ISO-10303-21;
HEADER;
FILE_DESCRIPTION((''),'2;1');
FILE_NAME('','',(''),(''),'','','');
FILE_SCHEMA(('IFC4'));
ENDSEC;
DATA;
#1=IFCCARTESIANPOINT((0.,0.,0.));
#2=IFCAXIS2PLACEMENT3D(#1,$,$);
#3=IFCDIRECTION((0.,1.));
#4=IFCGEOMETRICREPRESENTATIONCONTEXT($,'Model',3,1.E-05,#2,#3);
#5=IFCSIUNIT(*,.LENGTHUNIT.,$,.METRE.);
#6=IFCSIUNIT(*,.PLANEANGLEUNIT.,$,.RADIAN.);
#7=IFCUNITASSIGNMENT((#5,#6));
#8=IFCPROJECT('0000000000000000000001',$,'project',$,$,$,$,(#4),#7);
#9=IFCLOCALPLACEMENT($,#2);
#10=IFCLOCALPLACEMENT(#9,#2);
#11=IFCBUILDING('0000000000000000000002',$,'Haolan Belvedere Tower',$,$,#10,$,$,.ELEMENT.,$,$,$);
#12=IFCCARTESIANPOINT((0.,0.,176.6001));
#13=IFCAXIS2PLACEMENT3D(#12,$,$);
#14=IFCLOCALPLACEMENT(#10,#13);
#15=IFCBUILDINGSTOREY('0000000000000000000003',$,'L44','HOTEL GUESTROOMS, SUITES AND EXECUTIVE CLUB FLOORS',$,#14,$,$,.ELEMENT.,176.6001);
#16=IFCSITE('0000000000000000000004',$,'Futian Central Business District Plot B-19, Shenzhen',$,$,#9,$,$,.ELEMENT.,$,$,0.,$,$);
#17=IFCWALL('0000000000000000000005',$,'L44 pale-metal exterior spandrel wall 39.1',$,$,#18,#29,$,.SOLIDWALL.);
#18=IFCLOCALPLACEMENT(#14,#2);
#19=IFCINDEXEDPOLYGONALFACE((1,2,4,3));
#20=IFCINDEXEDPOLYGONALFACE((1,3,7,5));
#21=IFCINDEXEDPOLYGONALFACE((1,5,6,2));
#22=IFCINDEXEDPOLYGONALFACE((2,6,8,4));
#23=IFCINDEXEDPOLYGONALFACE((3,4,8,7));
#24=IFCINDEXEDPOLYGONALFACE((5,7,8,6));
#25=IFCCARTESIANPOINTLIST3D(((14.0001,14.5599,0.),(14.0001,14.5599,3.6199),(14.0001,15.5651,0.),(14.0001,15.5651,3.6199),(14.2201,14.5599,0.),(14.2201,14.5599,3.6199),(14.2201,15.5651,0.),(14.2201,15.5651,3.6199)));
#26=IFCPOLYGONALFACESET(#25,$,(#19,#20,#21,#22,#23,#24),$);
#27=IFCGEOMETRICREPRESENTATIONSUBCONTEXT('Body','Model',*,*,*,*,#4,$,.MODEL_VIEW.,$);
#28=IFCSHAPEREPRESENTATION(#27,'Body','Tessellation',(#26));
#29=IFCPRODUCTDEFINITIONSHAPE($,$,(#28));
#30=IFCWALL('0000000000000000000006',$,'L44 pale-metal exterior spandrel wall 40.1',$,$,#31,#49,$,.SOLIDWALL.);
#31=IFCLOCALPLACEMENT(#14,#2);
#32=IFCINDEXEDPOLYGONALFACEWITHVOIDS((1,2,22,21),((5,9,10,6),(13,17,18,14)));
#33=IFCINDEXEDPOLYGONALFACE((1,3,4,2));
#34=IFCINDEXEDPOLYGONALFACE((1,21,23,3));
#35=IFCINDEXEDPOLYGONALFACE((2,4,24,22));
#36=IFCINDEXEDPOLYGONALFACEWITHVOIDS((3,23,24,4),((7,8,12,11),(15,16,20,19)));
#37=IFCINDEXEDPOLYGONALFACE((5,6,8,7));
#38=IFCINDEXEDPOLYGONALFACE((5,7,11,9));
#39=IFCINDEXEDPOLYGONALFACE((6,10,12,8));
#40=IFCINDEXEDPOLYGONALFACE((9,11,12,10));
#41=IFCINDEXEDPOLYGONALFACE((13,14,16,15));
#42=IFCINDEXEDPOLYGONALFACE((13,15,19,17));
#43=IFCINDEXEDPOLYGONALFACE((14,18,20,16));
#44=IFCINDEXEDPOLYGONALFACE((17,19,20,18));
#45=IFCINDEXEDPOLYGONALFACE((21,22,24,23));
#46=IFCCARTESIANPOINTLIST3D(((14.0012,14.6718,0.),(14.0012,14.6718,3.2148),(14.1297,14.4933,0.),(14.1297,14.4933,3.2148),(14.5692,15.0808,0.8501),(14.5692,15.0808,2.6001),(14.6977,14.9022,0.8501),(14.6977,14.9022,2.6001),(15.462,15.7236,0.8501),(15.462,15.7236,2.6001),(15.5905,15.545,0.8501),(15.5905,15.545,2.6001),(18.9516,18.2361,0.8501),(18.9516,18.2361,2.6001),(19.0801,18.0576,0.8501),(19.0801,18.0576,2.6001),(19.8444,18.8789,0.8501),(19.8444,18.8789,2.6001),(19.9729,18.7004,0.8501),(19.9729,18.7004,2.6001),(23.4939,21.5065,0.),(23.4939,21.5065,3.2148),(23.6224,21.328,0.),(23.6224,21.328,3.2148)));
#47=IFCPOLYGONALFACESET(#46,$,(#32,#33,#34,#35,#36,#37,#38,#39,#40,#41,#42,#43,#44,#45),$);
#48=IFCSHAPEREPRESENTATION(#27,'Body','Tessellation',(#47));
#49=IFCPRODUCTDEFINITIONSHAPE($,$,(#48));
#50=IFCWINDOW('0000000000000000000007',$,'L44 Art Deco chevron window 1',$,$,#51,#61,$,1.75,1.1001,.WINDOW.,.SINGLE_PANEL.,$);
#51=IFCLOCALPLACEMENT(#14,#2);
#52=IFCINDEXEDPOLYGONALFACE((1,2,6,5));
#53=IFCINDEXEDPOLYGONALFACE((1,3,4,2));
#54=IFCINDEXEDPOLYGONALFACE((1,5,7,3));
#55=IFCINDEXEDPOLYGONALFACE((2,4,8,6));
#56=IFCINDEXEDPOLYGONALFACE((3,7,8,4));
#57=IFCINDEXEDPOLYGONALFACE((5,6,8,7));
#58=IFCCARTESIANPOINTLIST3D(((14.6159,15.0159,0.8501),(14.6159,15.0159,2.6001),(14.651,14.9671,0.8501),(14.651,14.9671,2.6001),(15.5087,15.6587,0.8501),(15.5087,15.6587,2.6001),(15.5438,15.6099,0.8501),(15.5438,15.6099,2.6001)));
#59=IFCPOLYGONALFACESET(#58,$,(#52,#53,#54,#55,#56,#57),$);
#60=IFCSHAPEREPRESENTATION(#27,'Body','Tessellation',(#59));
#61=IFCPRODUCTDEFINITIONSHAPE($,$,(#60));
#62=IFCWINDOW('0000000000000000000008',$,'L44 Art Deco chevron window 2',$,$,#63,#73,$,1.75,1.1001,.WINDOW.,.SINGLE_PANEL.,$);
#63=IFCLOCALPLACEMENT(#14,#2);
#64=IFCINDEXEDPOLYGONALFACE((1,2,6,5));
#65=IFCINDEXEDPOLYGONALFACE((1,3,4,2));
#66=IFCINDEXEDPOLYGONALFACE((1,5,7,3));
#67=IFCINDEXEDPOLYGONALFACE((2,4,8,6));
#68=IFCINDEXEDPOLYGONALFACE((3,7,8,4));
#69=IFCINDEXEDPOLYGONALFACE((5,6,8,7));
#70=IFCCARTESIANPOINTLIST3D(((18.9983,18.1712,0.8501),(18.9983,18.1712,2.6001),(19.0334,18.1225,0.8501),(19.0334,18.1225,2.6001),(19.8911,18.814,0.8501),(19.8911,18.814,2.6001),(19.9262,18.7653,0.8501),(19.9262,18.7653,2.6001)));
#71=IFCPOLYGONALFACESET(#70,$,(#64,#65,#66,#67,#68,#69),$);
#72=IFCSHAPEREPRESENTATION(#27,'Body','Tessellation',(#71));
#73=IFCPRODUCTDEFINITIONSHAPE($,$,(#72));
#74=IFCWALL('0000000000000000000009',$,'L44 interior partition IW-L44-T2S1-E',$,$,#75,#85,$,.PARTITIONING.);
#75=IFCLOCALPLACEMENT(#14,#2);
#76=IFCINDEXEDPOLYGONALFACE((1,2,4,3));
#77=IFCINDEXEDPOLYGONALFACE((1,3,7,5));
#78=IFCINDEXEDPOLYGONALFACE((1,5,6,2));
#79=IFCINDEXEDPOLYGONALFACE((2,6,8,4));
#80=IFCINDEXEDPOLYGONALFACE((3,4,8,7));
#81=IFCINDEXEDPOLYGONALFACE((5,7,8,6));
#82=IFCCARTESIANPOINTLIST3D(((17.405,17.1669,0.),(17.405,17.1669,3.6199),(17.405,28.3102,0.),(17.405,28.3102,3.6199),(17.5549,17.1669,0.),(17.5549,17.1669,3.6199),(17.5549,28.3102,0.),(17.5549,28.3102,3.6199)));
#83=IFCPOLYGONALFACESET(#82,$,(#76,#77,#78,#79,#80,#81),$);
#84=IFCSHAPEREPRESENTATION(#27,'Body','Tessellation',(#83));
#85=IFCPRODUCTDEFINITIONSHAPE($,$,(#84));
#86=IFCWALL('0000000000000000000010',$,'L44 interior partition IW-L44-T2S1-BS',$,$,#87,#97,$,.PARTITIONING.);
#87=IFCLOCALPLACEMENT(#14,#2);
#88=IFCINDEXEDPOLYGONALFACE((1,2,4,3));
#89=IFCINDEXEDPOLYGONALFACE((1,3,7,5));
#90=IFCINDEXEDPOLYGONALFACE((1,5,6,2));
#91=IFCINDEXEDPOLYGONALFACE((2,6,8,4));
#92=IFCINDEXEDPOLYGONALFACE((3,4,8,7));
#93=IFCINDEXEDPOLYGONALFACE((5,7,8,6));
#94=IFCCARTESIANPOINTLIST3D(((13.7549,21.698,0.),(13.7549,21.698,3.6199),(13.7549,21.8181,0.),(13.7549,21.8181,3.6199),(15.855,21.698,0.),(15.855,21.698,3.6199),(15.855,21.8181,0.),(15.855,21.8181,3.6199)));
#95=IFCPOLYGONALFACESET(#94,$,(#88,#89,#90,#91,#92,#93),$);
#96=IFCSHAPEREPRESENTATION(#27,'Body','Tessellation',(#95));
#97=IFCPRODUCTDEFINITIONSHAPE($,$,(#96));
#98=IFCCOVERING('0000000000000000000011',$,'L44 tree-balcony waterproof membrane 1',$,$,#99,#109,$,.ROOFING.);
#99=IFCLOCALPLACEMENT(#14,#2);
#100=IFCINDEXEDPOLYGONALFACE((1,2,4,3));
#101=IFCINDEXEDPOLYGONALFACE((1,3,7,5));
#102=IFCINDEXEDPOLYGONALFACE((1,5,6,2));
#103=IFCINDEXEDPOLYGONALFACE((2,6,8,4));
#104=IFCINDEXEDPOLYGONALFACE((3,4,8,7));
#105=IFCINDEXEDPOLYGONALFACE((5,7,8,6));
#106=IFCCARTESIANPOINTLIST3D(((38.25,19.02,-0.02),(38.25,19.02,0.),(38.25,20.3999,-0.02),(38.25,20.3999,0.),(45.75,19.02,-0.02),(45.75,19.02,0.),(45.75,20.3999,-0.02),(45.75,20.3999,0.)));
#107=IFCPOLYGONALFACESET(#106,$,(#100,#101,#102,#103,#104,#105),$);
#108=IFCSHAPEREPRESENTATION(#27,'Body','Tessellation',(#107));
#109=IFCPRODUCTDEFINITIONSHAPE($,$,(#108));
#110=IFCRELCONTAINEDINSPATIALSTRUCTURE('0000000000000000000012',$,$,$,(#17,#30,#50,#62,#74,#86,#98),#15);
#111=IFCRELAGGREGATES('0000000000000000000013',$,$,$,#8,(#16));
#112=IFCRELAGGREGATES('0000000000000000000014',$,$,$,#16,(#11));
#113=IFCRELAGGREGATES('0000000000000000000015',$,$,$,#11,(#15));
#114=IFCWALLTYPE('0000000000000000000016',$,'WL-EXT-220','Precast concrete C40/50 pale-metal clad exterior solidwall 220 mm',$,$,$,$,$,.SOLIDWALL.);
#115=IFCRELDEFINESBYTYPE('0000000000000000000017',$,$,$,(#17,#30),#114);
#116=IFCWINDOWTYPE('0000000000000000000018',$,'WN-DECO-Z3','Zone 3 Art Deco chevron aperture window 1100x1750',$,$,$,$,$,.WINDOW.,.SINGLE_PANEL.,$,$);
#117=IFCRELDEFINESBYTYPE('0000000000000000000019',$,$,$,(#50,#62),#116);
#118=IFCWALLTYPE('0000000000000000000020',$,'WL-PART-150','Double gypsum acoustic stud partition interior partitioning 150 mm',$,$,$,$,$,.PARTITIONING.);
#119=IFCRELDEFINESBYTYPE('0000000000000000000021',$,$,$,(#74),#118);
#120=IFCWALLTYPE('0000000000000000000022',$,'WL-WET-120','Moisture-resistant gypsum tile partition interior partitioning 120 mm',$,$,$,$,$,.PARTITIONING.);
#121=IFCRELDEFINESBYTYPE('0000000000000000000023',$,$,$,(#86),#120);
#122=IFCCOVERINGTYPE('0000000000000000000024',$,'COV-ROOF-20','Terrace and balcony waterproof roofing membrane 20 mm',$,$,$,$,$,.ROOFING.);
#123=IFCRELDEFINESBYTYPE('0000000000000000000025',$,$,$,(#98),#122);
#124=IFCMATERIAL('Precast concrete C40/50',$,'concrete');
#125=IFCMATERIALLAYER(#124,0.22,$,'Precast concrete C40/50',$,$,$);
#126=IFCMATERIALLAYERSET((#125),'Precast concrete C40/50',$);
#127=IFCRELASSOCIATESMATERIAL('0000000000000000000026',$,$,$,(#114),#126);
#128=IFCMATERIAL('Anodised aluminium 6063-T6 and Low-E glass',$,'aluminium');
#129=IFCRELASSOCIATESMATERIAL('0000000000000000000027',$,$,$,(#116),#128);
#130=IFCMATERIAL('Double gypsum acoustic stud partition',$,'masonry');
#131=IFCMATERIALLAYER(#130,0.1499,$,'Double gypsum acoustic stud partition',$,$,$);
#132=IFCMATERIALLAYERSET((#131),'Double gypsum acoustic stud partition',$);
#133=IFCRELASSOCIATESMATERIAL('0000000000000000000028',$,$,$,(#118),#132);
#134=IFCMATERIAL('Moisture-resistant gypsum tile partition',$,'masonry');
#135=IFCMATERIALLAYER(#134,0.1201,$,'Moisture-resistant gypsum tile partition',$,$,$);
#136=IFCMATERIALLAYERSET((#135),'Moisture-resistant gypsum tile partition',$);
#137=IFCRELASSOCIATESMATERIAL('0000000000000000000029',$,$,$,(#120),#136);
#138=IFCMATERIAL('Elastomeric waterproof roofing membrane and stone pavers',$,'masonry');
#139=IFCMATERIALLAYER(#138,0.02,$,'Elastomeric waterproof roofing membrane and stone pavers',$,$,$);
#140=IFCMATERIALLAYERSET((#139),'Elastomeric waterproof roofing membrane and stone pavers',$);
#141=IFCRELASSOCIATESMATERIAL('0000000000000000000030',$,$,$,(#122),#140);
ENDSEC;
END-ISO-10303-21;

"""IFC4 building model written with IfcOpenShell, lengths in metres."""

from ifc_helpers import new_model, si_unit, direction, frame, frame_2d, origin, place, context, subcontext, project, spatial, polyline, rectangle, outline, extrude, material, layer, layer_set, type_object, element, fill, save


model = new_model("IFC4")

# Units and contexts
model_context = context("Model", 3, precision=1e-05, world=origin(), true_north=direction((0.0, 1.0)))
body_context = subcontext(model_context, "Body", "Model", "MODEL_VIEW")
ifc_project = project(units=[si_unit("LENGTHUNIT", "METRE"), si_unit("PLANEANGLEUNIT", "RADIAN")], contexts=[model_context])

# Site, building, storey
site_placement = place(None, origin())
site = spatial("IfcSite", under=ifc_project, at=site_placement, Name="Futian Central Business District Plot B-19, Shenzhen", CompositionType="ELEMENT", RefElevation=0.0)
building_placement = place(site_placement, origin())
building = spatial("IfcBuilding", under=site, at=building_placement, Name="Haolan Belvedere Tower", CompositionType="ELEMENT")
storey_placement = place(building_placement, frame((0.0, 0.0, 176.6001)))
storey = spatial("IfcBuildingStorey", under=building, at=storey_placement, Name="L44", Description="HOTEL GUESTROOMS, SUITES AND EXECUTIVE CLUB FLOORS", CompositionType="ELEMENT", Elevation=176.6001)

# Wall
ifc_material_1 = material(Name="Precast concrete C40/50", Category="concrete")
ifc_layer_1 = layer(ifc_material_1, 0.22, Name="Precast concrete C40/50")
ifc_layer_set_1 = layer_set([ifc_layer_1], Name="Precast concrete C40/50")
wall_type_1 = type_object("IfcWallType", Name="WL-EXT-220", Description="Precast concrete C40/50 pale-metal clad exterior solidwall 220 mm", PredefinedType="SOLIDWALL", material=ifc_layer_set_1)
wall_1_placement = place(storey_placement, frame((14.1101, 15.5649, 0.0), z_axis=(0.0, 0.0, 1.0), x_axis=(0.0, -1.0, 0.0)))
element("IfcWall", 1, at=wall_1_placement, inside=storey, type_object=wall_type_1, Name="L44 pale-metal exterior spandrel wall 39.1", PredefinedType="SOLIDWALL", context=body_context, shape_type="SweptSolid", body=[
    extrude(rectangle(XDim=1.0051, YDim=0.22, at=frame_2d((0.5024, 0.0))), origin(), (0.0, 0.0, 1.0), 3.6199),
])

# Wall, openings, windows
wall_2_placement = place(storey_placement, frame((14.0654, 14.5825, 0.0), z_axis=(0.0, 0.0, 1.0), x_axis=(0.811535, 0.584304, 0.0)))
wall_2 = element("IfcWall", 2, at=wall_2_placement, inside=storey, type_object=wall_type_1, Name="L44 pale-metal exterior spandrel wall 40.1", PredefinedType="SOLIDWALL", context=body_context, shape_type="SweptSolid", body=[
    extrude(rectangle(XDim=11.6973, YDim=0.22, at=frame_2d((5.8486, 0.0))), origin(), (0.0, 0.0, 1.0), 3.2148),
])
opening_1_placement = place(wall_2_placement, frame((0.7, 0.0, 0.8501)))
opening_1 = element("IfcOpeningElement", 3, at=opening_1_placement, cuts=wall_2, PredefinedType="OPENING", context=body_context, shape_type="SweptSolid", body=[
    extrude(rectangle(XDim=1.1001, YDim=1.75, at=frame_2d((0.55, 0.875))), frame((0.0, 0.1199, 0.0), z_axis=(0.0, -1.0, 0.0), x_axis=(1.0, 0.0, 0.0)), (0.0, 0.0, 1.0), 0.24),
])
opening_2_placement = place(wall_2_placement, frame((6.1001, 0.0, 0.8501)))
opening_2 = element("IfcOpeningElement", 4, at=opening_2_placement, cuts=wall_2, PredefinedType="OPENING", context=body_context, shape_type="SweptSolid", body=[
    extrude(rectangle(XDim=1.1001, YDim=1.75, at=frame_2d((0.55, 0.875))), frame((0.0, 0.1199, 0.0), z_axis=(0.0, -1.0, 0.0), x_axis=(1.0, 0.0, 0.0)), (0.0, 0.0, 1.0), 0.24),
])
ifc_material_2 = material(Name="Anodised aluminium 6063-T6 and Low-E glass", Category="aluminium")
window_type = type_object("IfcWindowType", Name="WN-DECO-Z3", Description="Zone 3 Art Deco chevron aperture window 1100x1750", PartitioningType="SINGLE_PANEL", PredefinedType="WINDOW", material=ifc_material_2)
window_1_placement = place(opening_1_placement, origin())
window_1 = element("IfcWindow", 5, at=window_1_placement, inside=storey, type_object=window_type, Name="L44 Art Deco chevron window 1", OverallHeight=1.75, OverallWidth=1.1001, PartitioningType="SINGLE_PANEL", PredefinedType="WINDOW", context=body_context, shape_type="SweptSolid", body=[
    extrude(rectangle(XDim=1.1001, YDim=1.75, at=frame_2d((0.55, 0.875))), frame((0.0, 0.03, 0.0), z_axis=(0.0, -1.0, 0.0), x_axis=(1.0, 0.0, 0.0)), (0.0, 0.0, 1.0), 0.0601),
])
fill(opening_1, window_1)
window_2_placement = place(opening_2_placement, origin())
window_2 = element("IfcWindow", 6, at=window_2_placement, inside=storey, type_object=window_type, Name="L44 Art Deco chevron window 2", OverallHeight=1.75, OverallWidth=1.1001, PartitioningType="SINGLE_PANEL", PredefinedType="WINDOW", context=body_context, shape_type="SweptSolid", body=[
    extrude(rectangle(XDim=1.1001, YDim=1.75, at=frame_2d((0.55, 0.875))), frame((0.0, 0.03, 0.0), z_axis=(0.0, -1.0, 0.0), x_axis=(1.0, 0.0, 0.0)), (0.0, 0.0, 1.0), 0.0601),
])
fill(opening_2, window_2)

# Walls
ifc_material_3 = material(Name="Double gypsum acoustic stud partition", Category="masonry")
ifc_layer_2 = layer(ifc_material_3, 0.1499, Name="Double gypsum acoustic stud partition")
ifc_layer_set_2 = layer_set([ifc_layer_2], Name="Double gypsum acoustic stud partition")
wall_type_2 = type_object("IfcWallType", Name="WL-PART-150", Description="Double gypsum acoustic stud partition interior partitioning 150 mm", PredefinedType="PARTITIONING", material=ifc_layer_set_2)
wall_3_placement = place(storey_placement, frame((17.48, 17.1667, 0.0), z_axis=(0.0, 0.0, 1.0), x_axis=(0.0, 1.0, 0.0)))
element("IfcWall", 7, at=wall_3_placement, inside=storey, type_object=wall_type_2, Name="L44 interior partition IW-L44-T2S1-E", PredefinedType="PARTITIONING", context=body_context, shape_type="SweptSolid", body=[
    extrude(rectangle(XDim=11.1433, YDim=0.1499, at=frame_2d((5.5718, 0.0))), origin(), (0.0, 0.0, 1.0), 3.6199),
])
ifc_material_4 = material(Name="Moisture-resistant gypsum tile partition", Category="masonry")
ifc_layer_3 = layer(ifc_material_4, 0.1201, Name="Moisture-resistant gypsum tile partition")
ifc_layer_set_3 = layer_set([ifc_layer_3], Name="Moisture-resistant gypsum tile partition")
wall_type_3 = type_object("IfcWallType", Name="WL-WET-120", Description="Moisture-resistant gypsum tile partition interior partitioning 120 mm", PredefinedType="PARTITIONING", material=ifc_layer_set_3)
wall_4_placement = place(storey_placement, frame((13.7549, 21.7581, 0.0), z_axis=(0.0, 0.0, 1.0), x_axis=(1.0, 0.0, 0.0)))
element("IfcWall", 8, at=wall_4_placement, inside=storey, type_object=wall_type_3, Name="L44 interior partition IW-L44-T2S1-BS", PredefinedType="PARTITIONING", context=body_context, shape_type="SweptSolid", body=[
    extrude(rectangle(XDim=2.1001, YDim=0.1201, at=frame_2d((1.05, 0.0))), origin(), (0.0, 0.0, 1.0), 3.6199),
])

# Covering
ifc_material_5 = material(Name="Elastomeric waterproof roofing membrane and stone pavers", Category="masonry")
ifc_layer_4 = layer(ifc_material_5, 0.02, Name="Elastomeric waterproof roofing membrane and stone pavers")
ifc_layer_set_4 = layer_set([ifc_layer_4], Name="Elastomeric waterproof roofing membrane and stone pavers")
covering_type = type_object("IfcCoveringType", Name="COV-ROOF-20", Description="Terrace and balcony waterproof roofing membrane 20 mm", PredefinedType="ROOFING", material=ifc_layer_set_4)
covering_placement = place(storey_placement, frame((0.0, 0.0, -0.02)))
element("IfcCovering", 9, at=covering_placement, inside=storey, type_object=covering_type, Name="L44 tree-balcony waterproof membrane 1", PredefinedType="ROOFING", context=body_context, shape_type="SweptSolid", body=[
    extrude(outline(polyline([(38.25, 19.02), (45.75, 19.02), (45.75, 20.3999), (38.25, 20.3999), (38.25, 19.02)])), origin(), (0.0, 0.0, 1.0), 0.02),
])

save(model, "model.ifc")
